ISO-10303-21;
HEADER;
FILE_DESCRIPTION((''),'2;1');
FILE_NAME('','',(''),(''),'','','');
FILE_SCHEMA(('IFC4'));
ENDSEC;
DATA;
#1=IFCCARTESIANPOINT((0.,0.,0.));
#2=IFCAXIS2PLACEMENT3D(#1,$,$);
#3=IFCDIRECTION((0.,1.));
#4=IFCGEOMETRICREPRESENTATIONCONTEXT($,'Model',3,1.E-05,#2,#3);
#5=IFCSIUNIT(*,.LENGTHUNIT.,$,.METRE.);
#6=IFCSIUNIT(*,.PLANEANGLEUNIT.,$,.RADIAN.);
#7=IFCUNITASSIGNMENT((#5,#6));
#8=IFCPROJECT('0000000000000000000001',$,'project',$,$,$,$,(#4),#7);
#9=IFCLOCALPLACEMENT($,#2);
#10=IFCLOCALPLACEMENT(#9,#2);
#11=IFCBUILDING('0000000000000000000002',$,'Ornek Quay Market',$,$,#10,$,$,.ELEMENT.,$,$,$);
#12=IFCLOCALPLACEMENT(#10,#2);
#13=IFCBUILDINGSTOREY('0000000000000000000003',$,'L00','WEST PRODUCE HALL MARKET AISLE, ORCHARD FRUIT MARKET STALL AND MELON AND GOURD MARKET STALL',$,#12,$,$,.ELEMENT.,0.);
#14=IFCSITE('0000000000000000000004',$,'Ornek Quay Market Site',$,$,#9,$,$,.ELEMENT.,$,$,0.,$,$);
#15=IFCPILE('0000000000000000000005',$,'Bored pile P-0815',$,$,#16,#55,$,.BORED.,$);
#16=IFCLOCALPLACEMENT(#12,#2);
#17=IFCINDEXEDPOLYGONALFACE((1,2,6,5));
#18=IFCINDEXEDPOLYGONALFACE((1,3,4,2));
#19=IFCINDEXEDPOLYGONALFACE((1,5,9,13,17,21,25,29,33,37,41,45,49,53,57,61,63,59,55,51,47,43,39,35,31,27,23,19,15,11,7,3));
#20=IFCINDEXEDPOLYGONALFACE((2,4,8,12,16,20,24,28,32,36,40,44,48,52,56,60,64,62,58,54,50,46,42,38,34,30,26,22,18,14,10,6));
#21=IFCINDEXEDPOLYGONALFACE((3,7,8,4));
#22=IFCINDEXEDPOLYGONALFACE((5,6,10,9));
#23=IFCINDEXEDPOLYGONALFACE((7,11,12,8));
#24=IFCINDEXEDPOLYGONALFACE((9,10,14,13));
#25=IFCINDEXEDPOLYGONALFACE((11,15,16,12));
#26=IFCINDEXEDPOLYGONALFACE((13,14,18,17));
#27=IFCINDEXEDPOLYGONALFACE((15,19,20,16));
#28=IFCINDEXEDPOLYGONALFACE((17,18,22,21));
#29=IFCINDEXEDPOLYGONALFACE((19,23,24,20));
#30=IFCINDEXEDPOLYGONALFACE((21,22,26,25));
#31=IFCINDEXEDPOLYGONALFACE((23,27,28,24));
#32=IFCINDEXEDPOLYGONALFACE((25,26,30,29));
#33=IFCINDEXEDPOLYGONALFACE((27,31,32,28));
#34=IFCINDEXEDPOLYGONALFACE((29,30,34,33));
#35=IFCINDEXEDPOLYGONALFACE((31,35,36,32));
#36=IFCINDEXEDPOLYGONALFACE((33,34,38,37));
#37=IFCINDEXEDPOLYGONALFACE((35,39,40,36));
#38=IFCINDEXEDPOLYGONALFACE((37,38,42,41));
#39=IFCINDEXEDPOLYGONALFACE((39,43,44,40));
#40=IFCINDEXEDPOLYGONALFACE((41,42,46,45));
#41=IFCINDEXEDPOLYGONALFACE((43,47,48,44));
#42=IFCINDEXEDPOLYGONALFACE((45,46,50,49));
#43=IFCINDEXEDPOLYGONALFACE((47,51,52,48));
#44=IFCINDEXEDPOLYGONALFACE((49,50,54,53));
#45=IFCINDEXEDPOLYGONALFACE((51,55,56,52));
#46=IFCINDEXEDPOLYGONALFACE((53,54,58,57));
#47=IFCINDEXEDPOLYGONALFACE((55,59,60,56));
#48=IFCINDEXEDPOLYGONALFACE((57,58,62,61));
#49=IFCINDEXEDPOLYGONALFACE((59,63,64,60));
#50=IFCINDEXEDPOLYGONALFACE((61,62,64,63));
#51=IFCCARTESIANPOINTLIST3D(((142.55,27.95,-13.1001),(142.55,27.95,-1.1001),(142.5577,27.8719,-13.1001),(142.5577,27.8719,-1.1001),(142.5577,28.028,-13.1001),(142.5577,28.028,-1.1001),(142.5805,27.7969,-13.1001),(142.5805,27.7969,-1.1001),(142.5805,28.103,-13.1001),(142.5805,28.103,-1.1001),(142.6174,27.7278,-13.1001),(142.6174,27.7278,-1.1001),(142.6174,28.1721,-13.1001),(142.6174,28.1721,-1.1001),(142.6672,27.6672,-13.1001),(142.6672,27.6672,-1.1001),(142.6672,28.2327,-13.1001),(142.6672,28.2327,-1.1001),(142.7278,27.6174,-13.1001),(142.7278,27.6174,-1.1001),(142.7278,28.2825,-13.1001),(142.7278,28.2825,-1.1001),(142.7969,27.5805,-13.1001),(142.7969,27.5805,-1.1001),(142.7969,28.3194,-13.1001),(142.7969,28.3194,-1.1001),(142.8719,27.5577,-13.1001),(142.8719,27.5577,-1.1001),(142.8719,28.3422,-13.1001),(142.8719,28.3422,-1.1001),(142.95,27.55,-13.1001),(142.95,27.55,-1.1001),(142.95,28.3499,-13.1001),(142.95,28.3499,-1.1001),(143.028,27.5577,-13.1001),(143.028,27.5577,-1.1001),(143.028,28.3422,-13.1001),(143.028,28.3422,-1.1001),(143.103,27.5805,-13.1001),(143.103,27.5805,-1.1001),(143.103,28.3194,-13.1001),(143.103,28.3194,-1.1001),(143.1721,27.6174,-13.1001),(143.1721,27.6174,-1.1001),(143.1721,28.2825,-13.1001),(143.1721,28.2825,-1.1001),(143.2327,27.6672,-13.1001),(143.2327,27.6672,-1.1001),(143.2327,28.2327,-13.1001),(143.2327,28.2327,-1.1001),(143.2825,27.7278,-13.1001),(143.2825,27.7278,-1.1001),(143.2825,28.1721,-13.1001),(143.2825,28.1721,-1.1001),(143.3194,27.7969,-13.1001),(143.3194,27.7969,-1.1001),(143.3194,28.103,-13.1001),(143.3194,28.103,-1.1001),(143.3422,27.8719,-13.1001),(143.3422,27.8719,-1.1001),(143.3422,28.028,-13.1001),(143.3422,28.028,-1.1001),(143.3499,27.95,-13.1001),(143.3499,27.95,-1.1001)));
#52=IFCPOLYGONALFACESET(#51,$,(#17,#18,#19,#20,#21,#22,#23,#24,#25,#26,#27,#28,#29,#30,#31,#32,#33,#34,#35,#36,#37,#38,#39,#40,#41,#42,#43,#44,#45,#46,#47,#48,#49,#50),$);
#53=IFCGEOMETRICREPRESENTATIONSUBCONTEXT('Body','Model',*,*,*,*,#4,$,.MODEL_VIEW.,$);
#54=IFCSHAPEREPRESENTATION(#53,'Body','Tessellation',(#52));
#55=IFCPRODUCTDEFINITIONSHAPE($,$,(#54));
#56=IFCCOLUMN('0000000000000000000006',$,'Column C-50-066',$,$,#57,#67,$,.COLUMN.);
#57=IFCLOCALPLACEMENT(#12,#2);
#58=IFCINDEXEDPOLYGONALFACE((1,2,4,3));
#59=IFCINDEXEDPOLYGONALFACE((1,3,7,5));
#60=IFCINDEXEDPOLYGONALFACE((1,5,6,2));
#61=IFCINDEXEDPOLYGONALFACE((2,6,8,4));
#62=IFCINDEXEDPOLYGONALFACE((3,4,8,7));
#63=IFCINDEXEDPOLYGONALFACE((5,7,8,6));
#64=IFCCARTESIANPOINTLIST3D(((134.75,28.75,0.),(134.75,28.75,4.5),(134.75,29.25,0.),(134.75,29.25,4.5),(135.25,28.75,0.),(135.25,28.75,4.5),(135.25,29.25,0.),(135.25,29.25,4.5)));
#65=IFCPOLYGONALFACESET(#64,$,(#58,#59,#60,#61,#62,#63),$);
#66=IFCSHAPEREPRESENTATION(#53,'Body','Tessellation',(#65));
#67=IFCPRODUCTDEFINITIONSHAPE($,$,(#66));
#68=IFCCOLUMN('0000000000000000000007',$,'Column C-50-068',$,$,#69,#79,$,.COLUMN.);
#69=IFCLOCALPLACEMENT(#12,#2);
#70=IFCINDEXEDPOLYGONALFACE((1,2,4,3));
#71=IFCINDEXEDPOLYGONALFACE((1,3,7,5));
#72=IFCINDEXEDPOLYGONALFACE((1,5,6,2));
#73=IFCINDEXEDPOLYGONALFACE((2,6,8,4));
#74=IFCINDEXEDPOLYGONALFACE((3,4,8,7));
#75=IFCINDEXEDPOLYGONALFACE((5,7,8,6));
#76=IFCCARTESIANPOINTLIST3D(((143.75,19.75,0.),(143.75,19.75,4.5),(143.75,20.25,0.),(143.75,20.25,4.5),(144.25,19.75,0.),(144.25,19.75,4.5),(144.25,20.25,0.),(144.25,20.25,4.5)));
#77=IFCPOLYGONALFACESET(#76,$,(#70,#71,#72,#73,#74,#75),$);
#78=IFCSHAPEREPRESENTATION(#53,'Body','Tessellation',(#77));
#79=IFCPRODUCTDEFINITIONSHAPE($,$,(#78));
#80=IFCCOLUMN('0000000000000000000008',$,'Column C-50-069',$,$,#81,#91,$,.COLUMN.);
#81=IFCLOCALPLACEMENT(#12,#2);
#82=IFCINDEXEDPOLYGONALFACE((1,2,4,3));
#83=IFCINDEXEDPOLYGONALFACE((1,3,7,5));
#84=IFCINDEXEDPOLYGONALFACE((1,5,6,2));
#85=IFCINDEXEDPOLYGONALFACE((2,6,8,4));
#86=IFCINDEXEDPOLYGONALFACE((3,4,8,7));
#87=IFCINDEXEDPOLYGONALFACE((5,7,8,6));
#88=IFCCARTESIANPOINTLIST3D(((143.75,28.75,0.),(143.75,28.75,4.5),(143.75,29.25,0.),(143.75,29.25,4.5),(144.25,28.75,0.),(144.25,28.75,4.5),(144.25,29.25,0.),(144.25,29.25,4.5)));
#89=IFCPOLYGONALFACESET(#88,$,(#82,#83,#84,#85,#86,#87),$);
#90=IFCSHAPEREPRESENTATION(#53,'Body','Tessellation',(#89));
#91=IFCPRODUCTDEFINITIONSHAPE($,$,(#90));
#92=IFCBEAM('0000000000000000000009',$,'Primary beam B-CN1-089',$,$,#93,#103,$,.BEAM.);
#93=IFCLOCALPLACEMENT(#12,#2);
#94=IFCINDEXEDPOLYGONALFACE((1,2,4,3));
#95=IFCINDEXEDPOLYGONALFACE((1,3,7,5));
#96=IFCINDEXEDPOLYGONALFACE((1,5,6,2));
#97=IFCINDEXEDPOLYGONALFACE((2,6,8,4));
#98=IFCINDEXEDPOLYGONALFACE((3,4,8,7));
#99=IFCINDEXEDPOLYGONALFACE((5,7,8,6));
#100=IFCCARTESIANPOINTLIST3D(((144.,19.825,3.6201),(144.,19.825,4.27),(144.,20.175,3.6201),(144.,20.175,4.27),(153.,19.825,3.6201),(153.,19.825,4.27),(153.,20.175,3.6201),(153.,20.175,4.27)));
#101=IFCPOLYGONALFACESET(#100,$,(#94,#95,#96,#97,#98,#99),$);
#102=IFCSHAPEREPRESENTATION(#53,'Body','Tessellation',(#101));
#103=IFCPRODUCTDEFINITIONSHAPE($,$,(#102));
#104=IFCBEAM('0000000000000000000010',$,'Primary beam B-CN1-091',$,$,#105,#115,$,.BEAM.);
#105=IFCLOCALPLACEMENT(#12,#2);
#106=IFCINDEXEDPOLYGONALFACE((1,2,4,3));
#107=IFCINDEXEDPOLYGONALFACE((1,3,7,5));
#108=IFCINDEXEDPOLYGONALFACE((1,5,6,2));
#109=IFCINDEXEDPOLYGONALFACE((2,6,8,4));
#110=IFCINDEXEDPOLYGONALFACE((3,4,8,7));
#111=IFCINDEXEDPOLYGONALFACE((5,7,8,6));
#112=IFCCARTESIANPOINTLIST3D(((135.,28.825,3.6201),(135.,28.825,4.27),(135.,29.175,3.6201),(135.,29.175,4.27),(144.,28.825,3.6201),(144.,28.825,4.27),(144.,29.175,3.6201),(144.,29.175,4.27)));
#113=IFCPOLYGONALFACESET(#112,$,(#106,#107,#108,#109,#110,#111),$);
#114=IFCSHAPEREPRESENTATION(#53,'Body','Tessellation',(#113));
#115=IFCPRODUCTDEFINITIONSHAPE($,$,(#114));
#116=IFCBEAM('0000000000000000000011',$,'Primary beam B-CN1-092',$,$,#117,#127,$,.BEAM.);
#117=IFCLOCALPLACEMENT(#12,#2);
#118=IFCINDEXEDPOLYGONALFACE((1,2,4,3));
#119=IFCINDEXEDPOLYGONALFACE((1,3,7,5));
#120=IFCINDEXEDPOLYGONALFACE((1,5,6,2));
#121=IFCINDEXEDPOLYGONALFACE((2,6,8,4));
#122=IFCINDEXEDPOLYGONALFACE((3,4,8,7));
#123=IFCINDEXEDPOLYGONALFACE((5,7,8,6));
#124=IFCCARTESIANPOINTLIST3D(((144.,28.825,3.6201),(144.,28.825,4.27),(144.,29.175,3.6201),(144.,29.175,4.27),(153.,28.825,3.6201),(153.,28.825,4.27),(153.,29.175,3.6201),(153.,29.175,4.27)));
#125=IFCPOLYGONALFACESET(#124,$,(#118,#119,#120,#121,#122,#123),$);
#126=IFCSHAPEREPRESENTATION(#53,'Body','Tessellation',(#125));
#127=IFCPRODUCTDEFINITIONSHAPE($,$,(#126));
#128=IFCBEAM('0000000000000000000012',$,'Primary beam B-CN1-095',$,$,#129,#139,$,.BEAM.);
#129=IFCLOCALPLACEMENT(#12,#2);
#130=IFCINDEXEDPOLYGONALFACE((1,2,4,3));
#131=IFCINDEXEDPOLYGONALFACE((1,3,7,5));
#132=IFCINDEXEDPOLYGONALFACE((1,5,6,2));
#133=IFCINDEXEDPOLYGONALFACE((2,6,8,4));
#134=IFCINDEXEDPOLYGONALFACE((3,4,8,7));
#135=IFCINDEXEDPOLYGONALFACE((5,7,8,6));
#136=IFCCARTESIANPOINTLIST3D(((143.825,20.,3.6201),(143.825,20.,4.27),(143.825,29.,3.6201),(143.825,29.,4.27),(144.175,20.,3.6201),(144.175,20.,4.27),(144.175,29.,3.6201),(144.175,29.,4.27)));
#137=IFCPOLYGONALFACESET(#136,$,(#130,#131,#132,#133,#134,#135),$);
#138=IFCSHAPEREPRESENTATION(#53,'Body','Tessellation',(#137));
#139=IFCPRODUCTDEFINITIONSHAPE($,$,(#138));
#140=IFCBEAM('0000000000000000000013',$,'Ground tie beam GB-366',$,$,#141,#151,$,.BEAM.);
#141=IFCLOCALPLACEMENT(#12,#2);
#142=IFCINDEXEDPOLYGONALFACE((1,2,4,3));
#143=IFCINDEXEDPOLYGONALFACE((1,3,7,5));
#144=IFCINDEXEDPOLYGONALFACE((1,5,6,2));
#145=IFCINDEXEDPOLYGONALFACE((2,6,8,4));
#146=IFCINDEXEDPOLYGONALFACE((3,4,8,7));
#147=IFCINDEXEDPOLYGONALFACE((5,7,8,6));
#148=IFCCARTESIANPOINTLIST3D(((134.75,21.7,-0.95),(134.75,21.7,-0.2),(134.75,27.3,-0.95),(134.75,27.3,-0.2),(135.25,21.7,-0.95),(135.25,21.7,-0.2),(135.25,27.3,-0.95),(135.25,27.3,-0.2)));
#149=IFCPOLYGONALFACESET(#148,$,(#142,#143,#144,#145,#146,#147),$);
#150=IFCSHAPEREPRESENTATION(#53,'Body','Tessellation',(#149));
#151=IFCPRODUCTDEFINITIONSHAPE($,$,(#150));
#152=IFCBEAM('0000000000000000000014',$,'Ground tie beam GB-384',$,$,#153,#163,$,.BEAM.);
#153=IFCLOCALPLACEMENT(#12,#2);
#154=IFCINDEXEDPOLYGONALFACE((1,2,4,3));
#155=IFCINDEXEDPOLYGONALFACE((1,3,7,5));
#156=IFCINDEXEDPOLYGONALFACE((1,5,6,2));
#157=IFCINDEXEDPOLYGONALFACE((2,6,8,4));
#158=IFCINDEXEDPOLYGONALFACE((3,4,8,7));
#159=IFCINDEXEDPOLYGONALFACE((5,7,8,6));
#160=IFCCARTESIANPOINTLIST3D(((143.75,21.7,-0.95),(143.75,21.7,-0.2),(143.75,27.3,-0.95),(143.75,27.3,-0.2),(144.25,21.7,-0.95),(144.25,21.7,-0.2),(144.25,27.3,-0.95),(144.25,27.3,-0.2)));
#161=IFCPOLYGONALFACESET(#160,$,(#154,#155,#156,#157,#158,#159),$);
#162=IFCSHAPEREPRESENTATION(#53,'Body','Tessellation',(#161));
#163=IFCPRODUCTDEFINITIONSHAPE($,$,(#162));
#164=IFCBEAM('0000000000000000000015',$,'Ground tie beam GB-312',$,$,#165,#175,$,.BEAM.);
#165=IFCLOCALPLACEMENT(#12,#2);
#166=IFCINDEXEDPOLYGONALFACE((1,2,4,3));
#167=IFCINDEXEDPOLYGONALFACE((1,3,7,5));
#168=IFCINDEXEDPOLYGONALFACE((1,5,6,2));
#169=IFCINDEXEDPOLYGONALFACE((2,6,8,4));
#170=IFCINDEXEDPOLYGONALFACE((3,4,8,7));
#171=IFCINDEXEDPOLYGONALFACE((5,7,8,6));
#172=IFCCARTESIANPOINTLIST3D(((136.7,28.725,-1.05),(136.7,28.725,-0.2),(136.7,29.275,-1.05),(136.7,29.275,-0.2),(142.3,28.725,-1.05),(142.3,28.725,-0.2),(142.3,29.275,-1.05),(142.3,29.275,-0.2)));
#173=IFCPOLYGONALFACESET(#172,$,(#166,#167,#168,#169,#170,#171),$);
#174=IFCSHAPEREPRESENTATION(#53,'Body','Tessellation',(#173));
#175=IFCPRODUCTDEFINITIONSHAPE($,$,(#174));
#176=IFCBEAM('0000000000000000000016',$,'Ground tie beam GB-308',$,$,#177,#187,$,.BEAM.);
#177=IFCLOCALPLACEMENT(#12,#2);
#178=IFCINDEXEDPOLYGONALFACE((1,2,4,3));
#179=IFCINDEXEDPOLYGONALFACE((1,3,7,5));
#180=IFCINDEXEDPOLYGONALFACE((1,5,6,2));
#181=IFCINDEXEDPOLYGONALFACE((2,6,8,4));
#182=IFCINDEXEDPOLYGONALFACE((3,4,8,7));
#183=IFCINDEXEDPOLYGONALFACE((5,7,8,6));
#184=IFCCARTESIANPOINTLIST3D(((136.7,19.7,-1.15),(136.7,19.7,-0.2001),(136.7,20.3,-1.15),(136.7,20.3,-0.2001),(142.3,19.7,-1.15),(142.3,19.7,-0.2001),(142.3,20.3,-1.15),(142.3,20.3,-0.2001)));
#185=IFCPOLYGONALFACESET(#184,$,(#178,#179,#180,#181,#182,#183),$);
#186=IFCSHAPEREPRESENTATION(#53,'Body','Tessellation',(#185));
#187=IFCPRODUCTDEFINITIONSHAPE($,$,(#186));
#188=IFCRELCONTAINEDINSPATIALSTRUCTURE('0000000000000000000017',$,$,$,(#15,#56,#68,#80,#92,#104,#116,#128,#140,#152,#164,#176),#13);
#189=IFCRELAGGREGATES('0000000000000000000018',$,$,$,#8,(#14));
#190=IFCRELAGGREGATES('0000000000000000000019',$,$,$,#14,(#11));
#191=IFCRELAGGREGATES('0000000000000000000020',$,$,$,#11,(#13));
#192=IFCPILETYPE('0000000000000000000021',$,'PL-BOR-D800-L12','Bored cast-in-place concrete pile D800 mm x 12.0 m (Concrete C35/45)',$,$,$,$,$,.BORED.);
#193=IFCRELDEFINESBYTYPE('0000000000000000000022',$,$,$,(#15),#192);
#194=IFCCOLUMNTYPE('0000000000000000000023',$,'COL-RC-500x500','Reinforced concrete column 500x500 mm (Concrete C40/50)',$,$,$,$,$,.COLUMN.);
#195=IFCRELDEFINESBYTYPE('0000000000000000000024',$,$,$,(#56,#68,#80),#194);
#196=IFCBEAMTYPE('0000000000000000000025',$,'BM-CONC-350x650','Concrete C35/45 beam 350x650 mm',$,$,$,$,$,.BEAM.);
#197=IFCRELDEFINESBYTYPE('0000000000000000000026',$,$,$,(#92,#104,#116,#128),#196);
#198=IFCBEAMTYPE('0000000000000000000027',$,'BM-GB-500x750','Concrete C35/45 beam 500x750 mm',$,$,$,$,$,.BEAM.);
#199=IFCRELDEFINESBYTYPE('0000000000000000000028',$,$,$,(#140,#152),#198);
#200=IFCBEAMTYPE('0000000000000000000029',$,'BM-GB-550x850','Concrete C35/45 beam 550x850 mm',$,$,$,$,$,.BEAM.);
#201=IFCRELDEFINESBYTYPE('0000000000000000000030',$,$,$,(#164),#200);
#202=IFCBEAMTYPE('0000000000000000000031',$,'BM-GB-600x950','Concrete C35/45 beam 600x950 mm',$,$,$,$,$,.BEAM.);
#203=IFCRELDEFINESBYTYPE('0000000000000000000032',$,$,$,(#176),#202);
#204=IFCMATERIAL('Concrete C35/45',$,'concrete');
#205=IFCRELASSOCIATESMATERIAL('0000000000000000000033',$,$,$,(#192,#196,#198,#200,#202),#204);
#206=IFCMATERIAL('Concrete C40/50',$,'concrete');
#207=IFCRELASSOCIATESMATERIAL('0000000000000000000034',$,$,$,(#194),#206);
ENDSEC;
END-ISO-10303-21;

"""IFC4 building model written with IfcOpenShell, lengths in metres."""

from ifc_helpers import new_model, si_unit, direction, frame, origin, origin_2d, place, context, subcontext, project, spatial, rectangle, circle, extrude, material, material_profile, profile_set, type_object, element, save


model = new_model("IFC4")

# Units and contexts
model_context = context("Model", 3, precision=1e-05, world=origin(), true_north=direction((0.0, 1.0)))
body_context = subcontext(model_context, "Body", "Model", "MODEL_VIEW")
ifc_project = project(units=[si_unit("LENGTHUNIT", "METRE"), si_unit("PLANEANGLEUNIT", "RADIAN")], contexts=[model_context])

# Site, building, storey
site_placement = place(None, origin())
site = spatial("IfcSite", under=ifc_project, at=site_placement, Name="Ornek Quay Market Site", CompositionType="ELEMENT", RefElevation=0.0)
building_placement = place(site_placement, origin())
building = spatial("IfcBuilding", under=site, at=building_placement, Name="Ornek Quay Market", CompositionType="ELEMENT")
storey_placement = place(building_placement, origin())
storey = spatial("IfcBuildingStorey", under=building, at=storey_placement, Name="L00", Description="WEST PRODUCE HALL MARKET AISLE, ORCHARD FRUIT MARKET STALL AND MELON AND GOURD MARKET STALL", CompositionType="ELEMENT", Elevation=0.0)

# Pile
ifc_material_1 = material(Name="Concrete C35/45", Category="concrete")
ifc_material_profile_1 = material_profile(ifc_material_1, circle(Radius=0.3999, at=origin_2d()), Name="PILE D800", Category="concrete")
ifc_profile_set_1 = profile_set([ifc_material_profile_1], Name="Concrete C35/45")
pile_type = type_object("IfcPileType", Name="PL-BOR-D800-L12", Description="Bored cast-in-place concrete pile D800 mm x 12.0 m (Concrete C35/45)", PredefinedType="BORED", material=ifc_profile_set_1)
for number, where, z_axis, x_axis, name in (
    (1, (142.95, 27.95, -1.1001), (0.0, 0.0, -1.0), (1.0, 0.0, 0.0), "Bored pile P-0815"),
):
    element("IfcPile", number, at=place(storey_placement, frame(where, z_axis=z_axis, x_axis=x_axis)), inside=storey, type_object=pile_type, Name=name, PredefinedType="BORED", context=body_context, shape_type="SweptSolid", body=[
        extrude(circle(Radius=0.3999, at=origin_2d()), origin(), (0.0, 0.0, 1.0), 12.0),
    ])

# Columns
ifc_material_2 = material(Name="Concrete C40/50", Category="concrete")
ifc_material_profile_2 = material_profile(ifc_material_2, rectangle(XDim=0.5, YDim=0.5, at=origin_2d()), Name="RC 500x500", Category="concrete")
ifc_profile_set_2 = profile_set([ifc_material_profile_2], Name="Concrete C40/50")
column_type = type_object("IfcColumnType", Name="COL-RC-500x500", Description="Reinforced concrete column 500x500 mm (Concrete C40/50)", PredefinedType="COLUMN", material=ifc_profile_set_2)
for number, where, z_axis, x_axis, name in (
    (2, (135.0, 29.0, 0.0), (0.0, 0.0, 1.0), (1.0, 0.0, 0.0), "Column C-50-066"),
    (3, (144.0, 20.0, 0.0), (0.0, 0.0, 1.0), (1.0, 0.0, 0.0), "Column C-50-068"),
    (4, (144.0, 29.0, 0.0), (0.0, 0.0, 1.0), (1.0, 0.0, 0.0), "Column C-50-069"),
):
    element("IfcColumn", number, at=place(storey_placement, frame(where, z_axis=z_axis, x_axis=x_axis)), inside=storey, type_object=column_type, Name=name, PredefinedType="COLUMN", context=body_context, shape_type="SweptSolid", body=[
        extrude(rectangle(XDim=0.5, YDim=0.5, at=origin_2d()), origin(), (0.0, 0.0, 1.0), 4.5),
    ])

# Beams
ifc_material_profile_3 = material_profile(ifc_material_1, rectangle(XDim=0.3501, YDim=0.6499, at=origin_2d()), Name="RC 350x650", Category="concrete")
ifc_profile_set_3 = profile_set([ifc_material_profile_3], Name="Concrete C35/45")
beam_type_1 = type_object("IfcBeamType", Name="BM-CONC-350x650", Description="Concrete C35/45 beam 350x650 mm", PredefinedType="BEAM", material=ifc_profile_set_3)
for number, where, z_axis, x_axis, name in (
    (5, (144.0, 20.0, 3.9451), (1.0, 0.0, 0.0), (0.0, 1.0, 0.0), "Primary beam B-CN1-089"),
    (6, (135.0, 29.0, 3.9451), (1.0, 0.0, 0.0), (0.0, 1.0, 0.0), "Primary beam B-CN1-091"),
    (7, (144.0, 29.0, 3.9451), (1.0, 0.0, 0.0), (0.0, 1.0, 0.0), "Primary beam B-CN1-092"),
    (8, (144.0, 20.0, 3.9451), (0.0, 1.0, 0.0), (-1.0, 0.0, 0.0), "Primary beam B-CN1-095"),
):
    element("IfcBeam", number, at=place(storey_placement, frame(where, z_axis=z_axis, x_axis=x_axis)), inside=storey, type_object=beam_type_1, Name=name, PredefinedType="BEAM", context=body_context, shape_type="SweptSolid", body=[
        extrude(rectangle(XDim=0.3501, YDim=0.6499, at=origin_2d()), origin(), (0.0, 0.0, 1.0), 9.0),
    ])
ifc_material_profile_4 = material_profile(ifc_material_1, rectangle(XDim=0.5, YDim=0.75, at=origin_2d()), Name="RC 500x750", Category="concrete")
ifc_profile_set_4 = profile_set([ifc_material_profile_4], Name="Concrete C35/45")
beam_type_2 = type_object("IfcBeamType", Name="BM-GB-500x750", Description="Concrete C35/45 beam 500x750 mm", PredefinedType="BEAM", material=ifc_profile_set_4)
for number, where, z_axis, x_axis, name in (
    (9, (135.0, 21.7, -0.575), (0.0, 1.0, 0.0), (-1.0, 0.0, 0.0), "Ground tie beam GB-366"),
    (10, (144.0, 21.7, -0.575), (0.0, 1.0, 0.0), (-1.0, 0.0, 0.0), "Ground tie beam GB-384"),
):
    element("IfcBeam", number, at=place(storey_placement, frame(where, z_axis=z_axis, x_axis=x_axis)), inside=storey, type_object=beam_type_2, Name=name, PredefinedType="BEAM", context=body_context, shape_type="SweptSolid", body=[
        extrude(rectangle(XDim=0.5, YDim=0.75, at=origin_2d()), origin(), (0.0, 0.0, 1.0), 5.6001),
    ])
ifc_material_profile_5 = material_profile(ifc_material_1, rectangle(XDim=0.55, YDim=0.8501, at=origin_2d()), Name="RC 550x850", Category="concrete")
ifc_profile_set_5 = profile_set([ifc_material_profile_5], Name="Concrete C35/45")
beam_type_3 = type_object("IfcBeamType", Name="BM-GB-550x850", Description="Concrete C35/45 beam 550x850 mm", PredefinedType="BEAM", material=ifc_profile_set_5)
beam_1_placement = place(storey_placement, frame((136.7, 29.0, -0.625), z_axis=(1.0, 0.0, 0.0), x_axis=(0.0, 1.0, 0.0)))
element("IfcBeam", 11, at=beam_1_placement, inside=storey, type_object=beam_type_3, Name="Ground tie beam GB-312", PredefinedType="BEAM", context=body_context, shape_type="SweptSolid", body=[
    extrude(rectangle(XDim=0.55, YDim=0.8501, at=origin_2d()), origin(), (0.0, 0.0, 1.0), 5.6001),
])
ifc_material_profile_6 = material_profile(ifc_material_1, rectangle(XDim=0.6001, YDim=0.95, at=origin_2d()), Name="RC 600x950", Category="concrete")
ifc_profile_set_6 = profile_set([ifc_material_profile_6], Name="Concrete C35/45")
beam_type_4 = type_object("IfcBeamType", Name="BM-GB-600x950", Description="Concrete C35/45 beam 600x950 mm", PredefinedType="BEAM", material=ifc_profile_set_6)
beam_2_placement = place(storey_placement, frame((136.7, 20.0, -0.675), z_axis=(1.0, 0.0, 0.0), x_axis=(0.0, 1.0, 0.0)))
element("IfcBeam", 12, at=beam_2_placement, inside=storey, type_object=beam_type_4, Name="Ground tie beam GB-308", PredefinedType="BEAM", context=body_context, shape_type="SweptSolid", body=[
    extrude(rectangle(XDim=0.6001, YDim=0.95, at=origin_2d()), origin(), (0.0, 0.0, 1.0), 5.6001),
])

save(model, "model.ifc")
